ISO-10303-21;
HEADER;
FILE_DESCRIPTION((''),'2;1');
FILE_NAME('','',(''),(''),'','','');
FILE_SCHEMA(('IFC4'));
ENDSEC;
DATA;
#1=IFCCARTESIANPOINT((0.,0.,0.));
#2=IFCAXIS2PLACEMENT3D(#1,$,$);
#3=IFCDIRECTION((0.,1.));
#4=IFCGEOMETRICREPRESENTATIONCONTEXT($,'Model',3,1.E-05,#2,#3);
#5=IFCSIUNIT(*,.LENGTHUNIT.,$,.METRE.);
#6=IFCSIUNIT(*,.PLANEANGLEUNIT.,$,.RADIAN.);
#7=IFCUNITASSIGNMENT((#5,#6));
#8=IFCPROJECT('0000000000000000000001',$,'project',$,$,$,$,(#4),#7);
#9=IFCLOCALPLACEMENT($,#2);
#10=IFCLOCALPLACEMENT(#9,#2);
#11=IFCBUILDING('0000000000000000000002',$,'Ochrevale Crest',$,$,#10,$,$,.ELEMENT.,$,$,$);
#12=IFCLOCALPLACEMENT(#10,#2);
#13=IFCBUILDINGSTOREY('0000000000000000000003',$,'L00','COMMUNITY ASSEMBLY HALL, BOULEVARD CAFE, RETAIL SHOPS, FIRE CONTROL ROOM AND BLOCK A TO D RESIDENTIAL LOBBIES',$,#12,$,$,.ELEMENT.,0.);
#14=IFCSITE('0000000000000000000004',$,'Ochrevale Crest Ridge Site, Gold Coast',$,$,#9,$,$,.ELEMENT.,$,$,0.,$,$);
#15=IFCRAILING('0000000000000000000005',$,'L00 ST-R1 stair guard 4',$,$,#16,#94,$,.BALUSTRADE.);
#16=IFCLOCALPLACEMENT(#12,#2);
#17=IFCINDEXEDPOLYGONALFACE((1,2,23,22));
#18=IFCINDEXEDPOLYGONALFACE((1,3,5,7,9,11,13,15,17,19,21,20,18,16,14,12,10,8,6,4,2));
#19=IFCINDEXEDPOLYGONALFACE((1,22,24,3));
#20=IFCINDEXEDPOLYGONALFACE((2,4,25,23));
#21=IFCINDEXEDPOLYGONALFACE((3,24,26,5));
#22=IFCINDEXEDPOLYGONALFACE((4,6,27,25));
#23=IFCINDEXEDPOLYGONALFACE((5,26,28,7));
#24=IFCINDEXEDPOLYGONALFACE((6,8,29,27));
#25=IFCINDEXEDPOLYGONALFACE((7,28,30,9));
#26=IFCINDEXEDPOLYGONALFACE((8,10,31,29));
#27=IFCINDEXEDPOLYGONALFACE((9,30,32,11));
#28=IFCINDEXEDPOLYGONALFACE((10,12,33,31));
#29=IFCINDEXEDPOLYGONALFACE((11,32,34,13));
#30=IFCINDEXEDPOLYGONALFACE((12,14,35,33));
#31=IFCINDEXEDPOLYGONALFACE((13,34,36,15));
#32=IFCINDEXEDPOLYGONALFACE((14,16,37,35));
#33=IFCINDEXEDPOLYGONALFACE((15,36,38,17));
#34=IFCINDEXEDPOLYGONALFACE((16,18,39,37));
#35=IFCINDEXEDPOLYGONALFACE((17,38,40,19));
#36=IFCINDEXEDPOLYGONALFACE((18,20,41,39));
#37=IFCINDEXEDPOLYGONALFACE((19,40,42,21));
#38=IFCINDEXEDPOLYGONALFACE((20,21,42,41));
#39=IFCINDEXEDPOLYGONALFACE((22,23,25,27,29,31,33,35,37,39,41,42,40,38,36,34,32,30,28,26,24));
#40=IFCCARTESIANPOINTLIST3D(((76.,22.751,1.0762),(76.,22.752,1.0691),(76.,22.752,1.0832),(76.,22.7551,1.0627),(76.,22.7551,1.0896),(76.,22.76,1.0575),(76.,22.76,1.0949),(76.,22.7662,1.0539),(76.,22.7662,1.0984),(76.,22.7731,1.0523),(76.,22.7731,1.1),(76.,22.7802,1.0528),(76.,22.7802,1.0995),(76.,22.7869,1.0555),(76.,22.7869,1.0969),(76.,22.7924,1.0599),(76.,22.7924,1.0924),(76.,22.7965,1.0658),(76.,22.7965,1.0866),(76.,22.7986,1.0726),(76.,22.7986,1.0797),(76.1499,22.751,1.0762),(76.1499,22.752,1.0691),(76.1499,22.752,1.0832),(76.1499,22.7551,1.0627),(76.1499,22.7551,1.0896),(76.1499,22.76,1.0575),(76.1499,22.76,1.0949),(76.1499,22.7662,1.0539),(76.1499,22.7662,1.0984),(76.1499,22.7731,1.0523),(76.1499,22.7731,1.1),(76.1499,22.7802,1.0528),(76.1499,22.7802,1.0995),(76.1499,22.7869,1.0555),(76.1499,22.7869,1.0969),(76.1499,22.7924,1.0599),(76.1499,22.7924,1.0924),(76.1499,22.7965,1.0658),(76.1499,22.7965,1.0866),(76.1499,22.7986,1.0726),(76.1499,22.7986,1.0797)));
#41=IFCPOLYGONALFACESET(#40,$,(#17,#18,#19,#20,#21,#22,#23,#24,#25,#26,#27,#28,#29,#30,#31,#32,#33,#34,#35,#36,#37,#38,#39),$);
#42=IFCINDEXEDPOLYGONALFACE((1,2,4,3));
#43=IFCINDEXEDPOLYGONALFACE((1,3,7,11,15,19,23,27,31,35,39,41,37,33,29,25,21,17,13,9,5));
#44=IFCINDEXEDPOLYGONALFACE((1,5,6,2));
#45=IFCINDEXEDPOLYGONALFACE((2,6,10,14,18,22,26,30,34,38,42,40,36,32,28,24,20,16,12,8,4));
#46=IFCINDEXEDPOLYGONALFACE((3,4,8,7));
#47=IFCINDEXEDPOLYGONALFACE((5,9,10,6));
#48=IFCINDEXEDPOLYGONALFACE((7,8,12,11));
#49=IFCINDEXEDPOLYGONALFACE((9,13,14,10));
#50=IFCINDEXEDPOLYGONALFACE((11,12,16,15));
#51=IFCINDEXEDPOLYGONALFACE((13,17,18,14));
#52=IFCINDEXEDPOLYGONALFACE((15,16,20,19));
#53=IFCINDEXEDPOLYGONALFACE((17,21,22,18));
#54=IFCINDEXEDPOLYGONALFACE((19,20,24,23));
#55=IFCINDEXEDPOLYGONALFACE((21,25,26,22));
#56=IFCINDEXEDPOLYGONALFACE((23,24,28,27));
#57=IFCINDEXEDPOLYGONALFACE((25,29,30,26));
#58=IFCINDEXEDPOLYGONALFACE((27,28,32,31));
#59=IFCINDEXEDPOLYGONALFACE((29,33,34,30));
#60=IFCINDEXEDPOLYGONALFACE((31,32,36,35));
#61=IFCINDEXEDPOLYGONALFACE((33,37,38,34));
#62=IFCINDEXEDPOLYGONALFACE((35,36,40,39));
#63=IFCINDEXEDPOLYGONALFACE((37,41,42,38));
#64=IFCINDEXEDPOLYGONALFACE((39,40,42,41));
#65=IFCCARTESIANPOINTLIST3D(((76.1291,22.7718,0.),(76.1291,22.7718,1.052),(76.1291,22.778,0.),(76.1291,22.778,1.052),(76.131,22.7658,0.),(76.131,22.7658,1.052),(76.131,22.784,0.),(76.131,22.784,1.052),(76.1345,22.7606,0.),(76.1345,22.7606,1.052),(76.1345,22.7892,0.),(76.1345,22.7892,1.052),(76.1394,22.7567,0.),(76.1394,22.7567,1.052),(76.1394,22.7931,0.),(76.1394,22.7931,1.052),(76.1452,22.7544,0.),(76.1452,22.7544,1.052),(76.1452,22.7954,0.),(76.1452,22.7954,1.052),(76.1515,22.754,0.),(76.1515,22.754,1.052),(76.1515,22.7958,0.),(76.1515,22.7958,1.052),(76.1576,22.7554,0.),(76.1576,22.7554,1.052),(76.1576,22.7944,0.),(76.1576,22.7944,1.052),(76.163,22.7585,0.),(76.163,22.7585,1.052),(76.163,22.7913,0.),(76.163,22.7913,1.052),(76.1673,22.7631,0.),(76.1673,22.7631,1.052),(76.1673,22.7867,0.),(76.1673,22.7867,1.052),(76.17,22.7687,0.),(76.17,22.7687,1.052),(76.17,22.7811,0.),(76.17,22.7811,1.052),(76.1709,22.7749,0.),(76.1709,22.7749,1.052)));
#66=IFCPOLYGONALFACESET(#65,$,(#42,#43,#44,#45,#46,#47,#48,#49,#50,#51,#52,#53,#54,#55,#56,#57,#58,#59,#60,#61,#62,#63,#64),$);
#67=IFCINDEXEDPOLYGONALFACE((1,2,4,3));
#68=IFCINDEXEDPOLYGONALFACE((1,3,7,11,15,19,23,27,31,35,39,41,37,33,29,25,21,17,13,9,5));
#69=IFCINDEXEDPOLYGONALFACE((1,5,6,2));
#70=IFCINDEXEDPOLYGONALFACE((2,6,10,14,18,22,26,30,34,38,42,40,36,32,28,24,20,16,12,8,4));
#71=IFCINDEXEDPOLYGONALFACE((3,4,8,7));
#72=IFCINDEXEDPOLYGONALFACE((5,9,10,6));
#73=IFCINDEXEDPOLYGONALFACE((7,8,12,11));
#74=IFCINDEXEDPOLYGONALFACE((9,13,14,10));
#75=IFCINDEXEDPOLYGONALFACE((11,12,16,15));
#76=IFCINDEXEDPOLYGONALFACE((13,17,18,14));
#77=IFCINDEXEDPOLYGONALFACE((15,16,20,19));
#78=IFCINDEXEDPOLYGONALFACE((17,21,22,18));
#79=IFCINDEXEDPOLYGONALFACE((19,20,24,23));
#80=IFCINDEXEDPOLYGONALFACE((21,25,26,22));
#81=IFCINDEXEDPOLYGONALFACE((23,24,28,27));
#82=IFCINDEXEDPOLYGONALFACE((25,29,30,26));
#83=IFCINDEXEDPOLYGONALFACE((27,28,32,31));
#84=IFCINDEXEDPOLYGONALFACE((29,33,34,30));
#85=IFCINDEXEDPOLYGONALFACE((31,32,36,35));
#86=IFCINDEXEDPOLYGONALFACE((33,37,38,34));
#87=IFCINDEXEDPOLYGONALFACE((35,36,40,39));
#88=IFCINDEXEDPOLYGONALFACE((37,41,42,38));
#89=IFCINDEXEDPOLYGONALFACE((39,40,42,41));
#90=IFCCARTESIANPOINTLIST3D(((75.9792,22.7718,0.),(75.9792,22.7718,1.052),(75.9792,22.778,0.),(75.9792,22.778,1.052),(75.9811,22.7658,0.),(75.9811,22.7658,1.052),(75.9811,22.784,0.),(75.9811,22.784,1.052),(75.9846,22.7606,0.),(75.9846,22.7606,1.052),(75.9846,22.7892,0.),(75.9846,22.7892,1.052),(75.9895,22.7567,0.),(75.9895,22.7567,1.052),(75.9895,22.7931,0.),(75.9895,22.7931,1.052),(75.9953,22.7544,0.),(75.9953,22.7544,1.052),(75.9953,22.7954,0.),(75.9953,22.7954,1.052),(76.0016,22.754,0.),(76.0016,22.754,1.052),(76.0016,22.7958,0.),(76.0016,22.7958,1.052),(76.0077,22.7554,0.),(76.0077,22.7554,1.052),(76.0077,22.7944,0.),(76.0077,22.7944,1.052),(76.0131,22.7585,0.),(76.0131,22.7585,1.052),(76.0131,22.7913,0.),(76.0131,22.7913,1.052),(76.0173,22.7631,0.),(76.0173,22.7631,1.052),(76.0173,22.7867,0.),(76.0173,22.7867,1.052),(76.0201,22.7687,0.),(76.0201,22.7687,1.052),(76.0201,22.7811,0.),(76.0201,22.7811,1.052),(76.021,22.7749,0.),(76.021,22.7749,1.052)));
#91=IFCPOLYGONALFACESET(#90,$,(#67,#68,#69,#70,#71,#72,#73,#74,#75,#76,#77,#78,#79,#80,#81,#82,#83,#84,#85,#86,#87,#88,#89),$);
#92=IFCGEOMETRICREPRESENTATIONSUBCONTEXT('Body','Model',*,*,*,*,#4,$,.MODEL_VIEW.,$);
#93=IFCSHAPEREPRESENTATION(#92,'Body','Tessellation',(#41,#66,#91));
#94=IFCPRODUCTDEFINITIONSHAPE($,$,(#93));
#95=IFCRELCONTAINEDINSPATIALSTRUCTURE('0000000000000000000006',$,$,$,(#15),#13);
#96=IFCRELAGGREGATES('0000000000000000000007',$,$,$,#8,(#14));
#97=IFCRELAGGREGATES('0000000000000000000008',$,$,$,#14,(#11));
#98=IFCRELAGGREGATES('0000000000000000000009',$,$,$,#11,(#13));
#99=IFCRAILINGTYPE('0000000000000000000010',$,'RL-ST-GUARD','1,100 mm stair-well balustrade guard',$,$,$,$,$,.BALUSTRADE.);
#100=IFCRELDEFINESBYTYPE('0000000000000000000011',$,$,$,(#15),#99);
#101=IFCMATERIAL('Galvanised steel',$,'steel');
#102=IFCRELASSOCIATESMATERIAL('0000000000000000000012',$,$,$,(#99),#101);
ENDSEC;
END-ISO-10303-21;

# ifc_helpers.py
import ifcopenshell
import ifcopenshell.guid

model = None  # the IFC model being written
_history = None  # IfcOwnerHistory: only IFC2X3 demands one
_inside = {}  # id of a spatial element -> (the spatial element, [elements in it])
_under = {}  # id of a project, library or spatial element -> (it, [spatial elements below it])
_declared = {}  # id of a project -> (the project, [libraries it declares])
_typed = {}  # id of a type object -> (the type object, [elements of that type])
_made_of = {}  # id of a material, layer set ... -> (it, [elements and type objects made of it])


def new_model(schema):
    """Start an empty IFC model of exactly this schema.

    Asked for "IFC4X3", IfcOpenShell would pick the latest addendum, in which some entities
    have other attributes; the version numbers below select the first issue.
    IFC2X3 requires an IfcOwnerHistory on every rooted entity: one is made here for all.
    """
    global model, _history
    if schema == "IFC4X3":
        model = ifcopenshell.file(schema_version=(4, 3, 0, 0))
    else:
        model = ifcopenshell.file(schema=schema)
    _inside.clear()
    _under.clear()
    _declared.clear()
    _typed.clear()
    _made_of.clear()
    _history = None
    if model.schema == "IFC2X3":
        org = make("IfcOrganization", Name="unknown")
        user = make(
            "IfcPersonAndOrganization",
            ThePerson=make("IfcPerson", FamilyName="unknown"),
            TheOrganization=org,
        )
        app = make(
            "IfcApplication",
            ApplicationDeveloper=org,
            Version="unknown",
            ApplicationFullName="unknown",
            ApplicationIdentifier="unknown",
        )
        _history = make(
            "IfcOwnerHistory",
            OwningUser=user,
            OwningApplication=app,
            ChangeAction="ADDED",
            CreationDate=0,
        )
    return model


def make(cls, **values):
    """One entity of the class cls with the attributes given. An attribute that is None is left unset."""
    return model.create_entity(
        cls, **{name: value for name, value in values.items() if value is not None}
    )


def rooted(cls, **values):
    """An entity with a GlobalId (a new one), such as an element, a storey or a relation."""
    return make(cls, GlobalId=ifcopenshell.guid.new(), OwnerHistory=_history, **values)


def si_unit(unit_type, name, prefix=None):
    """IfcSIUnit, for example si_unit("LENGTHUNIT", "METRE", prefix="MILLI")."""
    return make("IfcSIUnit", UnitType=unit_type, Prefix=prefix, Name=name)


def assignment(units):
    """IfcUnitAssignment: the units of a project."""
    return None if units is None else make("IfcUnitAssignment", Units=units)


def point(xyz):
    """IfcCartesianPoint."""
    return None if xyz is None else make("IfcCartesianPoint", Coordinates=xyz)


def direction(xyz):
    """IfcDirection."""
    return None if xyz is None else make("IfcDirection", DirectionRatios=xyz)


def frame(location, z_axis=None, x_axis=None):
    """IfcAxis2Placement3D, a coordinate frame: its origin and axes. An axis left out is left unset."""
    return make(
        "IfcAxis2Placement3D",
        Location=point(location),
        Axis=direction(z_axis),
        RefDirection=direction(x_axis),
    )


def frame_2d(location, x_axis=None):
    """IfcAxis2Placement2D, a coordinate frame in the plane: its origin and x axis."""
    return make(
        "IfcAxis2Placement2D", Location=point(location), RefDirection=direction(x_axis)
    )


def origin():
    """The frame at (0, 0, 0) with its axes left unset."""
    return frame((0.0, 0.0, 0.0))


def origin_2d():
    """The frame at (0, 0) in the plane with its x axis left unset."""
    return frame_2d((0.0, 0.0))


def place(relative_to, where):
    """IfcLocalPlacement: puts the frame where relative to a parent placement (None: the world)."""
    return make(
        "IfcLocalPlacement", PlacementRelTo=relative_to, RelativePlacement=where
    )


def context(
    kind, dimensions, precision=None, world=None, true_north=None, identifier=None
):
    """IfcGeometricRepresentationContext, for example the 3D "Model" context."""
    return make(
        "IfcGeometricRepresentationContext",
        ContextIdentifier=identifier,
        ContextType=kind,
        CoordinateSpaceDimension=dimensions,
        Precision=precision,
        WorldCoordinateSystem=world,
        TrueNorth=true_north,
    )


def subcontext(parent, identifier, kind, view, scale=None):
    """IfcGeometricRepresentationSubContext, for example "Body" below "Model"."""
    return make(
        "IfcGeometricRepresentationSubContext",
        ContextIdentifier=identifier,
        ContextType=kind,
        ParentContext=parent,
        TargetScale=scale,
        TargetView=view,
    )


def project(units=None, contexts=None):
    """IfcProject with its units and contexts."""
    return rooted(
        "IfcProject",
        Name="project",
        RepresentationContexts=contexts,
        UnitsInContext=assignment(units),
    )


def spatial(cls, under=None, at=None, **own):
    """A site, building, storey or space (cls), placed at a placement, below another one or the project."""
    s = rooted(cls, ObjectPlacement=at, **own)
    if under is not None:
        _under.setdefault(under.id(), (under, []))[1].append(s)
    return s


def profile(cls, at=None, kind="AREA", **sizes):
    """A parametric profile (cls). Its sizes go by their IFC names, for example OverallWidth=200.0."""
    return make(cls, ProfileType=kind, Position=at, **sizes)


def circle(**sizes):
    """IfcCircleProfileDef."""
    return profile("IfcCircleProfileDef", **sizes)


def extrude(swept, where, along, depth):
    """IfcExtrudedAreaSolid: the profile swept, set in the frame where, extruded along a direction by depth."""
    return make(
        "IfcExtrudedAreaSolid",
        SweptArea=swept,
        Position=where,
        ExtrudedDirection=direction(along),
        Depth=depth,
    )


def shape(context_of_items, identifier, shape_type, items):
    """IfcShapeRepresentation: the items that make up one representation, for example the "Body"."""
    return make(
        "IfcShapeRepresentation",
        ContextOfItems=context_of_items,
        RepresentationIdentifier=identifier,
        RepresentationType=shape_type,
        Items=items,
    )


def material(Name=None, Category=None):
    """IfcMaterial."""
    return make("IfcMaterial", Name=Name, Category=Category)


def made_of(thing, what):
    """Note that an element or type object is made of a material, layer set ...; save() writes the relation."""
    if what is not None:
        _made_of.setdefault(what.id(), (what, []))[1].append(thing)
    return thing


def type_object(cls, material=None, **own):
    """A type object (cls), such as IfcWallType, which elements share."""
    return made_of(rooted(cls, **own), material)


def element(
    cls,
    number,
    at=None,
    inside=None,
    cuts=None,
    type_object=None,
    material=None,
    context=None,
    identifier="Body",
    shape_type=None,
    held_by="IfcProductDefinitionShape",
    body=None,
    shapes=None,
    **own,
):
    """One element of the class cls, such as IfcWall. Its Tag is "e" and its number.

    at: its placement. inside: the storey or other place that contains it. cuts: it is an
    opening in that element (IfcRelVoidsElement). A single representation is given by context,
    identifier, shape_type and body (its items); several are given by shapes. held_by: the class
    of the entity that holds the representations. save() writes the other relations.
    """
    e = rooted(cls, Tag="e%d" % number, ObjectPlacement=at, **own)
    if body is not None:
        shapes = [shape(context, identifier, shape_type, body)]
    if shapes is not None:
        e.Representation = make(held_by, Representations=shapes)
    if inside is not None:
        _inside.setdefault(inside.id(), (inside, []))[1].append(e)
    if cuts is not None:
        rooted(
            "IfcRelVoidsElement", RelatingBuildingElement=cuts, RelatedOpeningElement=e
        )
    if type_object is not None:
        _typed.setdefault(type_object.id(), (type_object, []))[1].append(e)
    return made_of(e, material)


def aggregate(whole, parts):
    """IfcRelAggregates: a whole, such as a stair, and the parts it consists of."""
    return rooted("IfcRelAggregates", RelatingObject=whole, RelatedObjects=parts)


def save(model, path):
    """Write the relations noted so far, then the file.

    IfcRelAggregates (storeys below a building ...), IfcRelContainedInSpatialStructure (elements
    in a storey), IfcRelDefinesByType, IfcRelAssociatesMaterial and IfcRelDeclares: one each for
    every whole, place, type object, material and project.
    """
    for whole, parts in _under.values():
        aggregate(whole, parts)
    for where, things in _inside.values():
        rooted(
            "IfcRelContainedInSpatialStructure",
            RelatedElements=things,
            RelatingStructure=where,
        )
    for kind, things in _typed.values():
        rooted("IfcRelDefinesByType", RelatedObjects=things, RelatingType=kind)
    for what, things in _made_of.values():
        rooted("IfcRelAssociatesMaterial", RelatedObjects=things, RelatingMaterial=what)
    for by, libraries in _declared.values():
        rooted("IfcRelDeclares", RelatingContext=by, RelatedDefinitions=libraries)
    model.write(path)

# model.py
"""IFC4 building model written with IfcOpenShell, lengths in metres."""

from ifc_helpers import new_model, si_unit, direction, frame, origin, origin_2d, place, context, subcontext, project, spatial, circle, extrude, material, type_object, element, save


model = new_model("IFC4")

# Units and contexts
model_context = context("Model", 3, precision=1e-05, world=origin(), true_north=direction((0.0, 1.0)))
body_context = subcontext(model_context, "Body", "Model", "MODEL_VIEW")
ifc_project = project(units=[si_unit("LENGTHUNIT", "METRE"), si_unit("PLANEANGLEUNIT", "RADIAN")], contexts=[model_context])

# Site, building, storey
site_placement = place(None, origin())
site = spatial("IfcSite", under=ifc_project, at=site_placement, Name="Ochrevale Crest Ridge Site, Gold Coast", CompositionType="ELEMENT", RefElevation=0.0)
building_placement = place(site_placement, origin())
building = spatial("IfcBuilding", under=site, at=building_placement, Name="Ochrevale Crest", CompositionType="ELEMENT")
storey_placement = place(building_placement, origin())
storey = spatial("IfcBuildingStorey", under=building, at=storey_placement, Name="L00", Description="COMMUNITY ASSEMBLY HALL, BOULEVARD CAFE, RETAIL SHOPS, FIRE CONTROL ROOM AND BLOCK A TO D RESIDENTIAL LOBBIES", CompositionType="ELEMENT", Elevation=0.0)

# Railing
ifc_material_1 = material(Name="Galvanised steel", Category="steel")
railing_type_1 = type_object("IfcRailingType", Name="RL-ST-GUARD", Description="1,100 mm stair-well balustrade guard", PredefinedType="BALUSTRADE", material=ifc_material_1)
railing_1_placement = place(storey_placement, frame((76.1499, 22.7749, 0.0)))
element("IfcRailing", 1, at=railing_1_placement, inside=storey, type_object=railing_type_1, Name="L00 ST-R1 stair guard 4", PredefinedType="BALUSTRADE", context=body_context, shape_type="SweptSolid", body=[
    extrude(circle(Radius=0.0239, at=origin_2d()), frame((0.0, 0.0, 1.0762), z_axis=(-1.0, 0.0, 0.0), x_axis=(0.0, -1.0, 0.0)), (0.0, 0.0, 1.0), 0.1499),
    extrude(circle(Radius=0.021, at=origin_2d()), origin(), (0.0, 0.0, 1.0), 1.052),
    extrude(circle(Radius=0.021, at=origin_2d()), frame((-0.1499, 0.0, 0.0)), (0.0, 0.0, 1.0), 1.052),
])

save(model, "model.ifc")
